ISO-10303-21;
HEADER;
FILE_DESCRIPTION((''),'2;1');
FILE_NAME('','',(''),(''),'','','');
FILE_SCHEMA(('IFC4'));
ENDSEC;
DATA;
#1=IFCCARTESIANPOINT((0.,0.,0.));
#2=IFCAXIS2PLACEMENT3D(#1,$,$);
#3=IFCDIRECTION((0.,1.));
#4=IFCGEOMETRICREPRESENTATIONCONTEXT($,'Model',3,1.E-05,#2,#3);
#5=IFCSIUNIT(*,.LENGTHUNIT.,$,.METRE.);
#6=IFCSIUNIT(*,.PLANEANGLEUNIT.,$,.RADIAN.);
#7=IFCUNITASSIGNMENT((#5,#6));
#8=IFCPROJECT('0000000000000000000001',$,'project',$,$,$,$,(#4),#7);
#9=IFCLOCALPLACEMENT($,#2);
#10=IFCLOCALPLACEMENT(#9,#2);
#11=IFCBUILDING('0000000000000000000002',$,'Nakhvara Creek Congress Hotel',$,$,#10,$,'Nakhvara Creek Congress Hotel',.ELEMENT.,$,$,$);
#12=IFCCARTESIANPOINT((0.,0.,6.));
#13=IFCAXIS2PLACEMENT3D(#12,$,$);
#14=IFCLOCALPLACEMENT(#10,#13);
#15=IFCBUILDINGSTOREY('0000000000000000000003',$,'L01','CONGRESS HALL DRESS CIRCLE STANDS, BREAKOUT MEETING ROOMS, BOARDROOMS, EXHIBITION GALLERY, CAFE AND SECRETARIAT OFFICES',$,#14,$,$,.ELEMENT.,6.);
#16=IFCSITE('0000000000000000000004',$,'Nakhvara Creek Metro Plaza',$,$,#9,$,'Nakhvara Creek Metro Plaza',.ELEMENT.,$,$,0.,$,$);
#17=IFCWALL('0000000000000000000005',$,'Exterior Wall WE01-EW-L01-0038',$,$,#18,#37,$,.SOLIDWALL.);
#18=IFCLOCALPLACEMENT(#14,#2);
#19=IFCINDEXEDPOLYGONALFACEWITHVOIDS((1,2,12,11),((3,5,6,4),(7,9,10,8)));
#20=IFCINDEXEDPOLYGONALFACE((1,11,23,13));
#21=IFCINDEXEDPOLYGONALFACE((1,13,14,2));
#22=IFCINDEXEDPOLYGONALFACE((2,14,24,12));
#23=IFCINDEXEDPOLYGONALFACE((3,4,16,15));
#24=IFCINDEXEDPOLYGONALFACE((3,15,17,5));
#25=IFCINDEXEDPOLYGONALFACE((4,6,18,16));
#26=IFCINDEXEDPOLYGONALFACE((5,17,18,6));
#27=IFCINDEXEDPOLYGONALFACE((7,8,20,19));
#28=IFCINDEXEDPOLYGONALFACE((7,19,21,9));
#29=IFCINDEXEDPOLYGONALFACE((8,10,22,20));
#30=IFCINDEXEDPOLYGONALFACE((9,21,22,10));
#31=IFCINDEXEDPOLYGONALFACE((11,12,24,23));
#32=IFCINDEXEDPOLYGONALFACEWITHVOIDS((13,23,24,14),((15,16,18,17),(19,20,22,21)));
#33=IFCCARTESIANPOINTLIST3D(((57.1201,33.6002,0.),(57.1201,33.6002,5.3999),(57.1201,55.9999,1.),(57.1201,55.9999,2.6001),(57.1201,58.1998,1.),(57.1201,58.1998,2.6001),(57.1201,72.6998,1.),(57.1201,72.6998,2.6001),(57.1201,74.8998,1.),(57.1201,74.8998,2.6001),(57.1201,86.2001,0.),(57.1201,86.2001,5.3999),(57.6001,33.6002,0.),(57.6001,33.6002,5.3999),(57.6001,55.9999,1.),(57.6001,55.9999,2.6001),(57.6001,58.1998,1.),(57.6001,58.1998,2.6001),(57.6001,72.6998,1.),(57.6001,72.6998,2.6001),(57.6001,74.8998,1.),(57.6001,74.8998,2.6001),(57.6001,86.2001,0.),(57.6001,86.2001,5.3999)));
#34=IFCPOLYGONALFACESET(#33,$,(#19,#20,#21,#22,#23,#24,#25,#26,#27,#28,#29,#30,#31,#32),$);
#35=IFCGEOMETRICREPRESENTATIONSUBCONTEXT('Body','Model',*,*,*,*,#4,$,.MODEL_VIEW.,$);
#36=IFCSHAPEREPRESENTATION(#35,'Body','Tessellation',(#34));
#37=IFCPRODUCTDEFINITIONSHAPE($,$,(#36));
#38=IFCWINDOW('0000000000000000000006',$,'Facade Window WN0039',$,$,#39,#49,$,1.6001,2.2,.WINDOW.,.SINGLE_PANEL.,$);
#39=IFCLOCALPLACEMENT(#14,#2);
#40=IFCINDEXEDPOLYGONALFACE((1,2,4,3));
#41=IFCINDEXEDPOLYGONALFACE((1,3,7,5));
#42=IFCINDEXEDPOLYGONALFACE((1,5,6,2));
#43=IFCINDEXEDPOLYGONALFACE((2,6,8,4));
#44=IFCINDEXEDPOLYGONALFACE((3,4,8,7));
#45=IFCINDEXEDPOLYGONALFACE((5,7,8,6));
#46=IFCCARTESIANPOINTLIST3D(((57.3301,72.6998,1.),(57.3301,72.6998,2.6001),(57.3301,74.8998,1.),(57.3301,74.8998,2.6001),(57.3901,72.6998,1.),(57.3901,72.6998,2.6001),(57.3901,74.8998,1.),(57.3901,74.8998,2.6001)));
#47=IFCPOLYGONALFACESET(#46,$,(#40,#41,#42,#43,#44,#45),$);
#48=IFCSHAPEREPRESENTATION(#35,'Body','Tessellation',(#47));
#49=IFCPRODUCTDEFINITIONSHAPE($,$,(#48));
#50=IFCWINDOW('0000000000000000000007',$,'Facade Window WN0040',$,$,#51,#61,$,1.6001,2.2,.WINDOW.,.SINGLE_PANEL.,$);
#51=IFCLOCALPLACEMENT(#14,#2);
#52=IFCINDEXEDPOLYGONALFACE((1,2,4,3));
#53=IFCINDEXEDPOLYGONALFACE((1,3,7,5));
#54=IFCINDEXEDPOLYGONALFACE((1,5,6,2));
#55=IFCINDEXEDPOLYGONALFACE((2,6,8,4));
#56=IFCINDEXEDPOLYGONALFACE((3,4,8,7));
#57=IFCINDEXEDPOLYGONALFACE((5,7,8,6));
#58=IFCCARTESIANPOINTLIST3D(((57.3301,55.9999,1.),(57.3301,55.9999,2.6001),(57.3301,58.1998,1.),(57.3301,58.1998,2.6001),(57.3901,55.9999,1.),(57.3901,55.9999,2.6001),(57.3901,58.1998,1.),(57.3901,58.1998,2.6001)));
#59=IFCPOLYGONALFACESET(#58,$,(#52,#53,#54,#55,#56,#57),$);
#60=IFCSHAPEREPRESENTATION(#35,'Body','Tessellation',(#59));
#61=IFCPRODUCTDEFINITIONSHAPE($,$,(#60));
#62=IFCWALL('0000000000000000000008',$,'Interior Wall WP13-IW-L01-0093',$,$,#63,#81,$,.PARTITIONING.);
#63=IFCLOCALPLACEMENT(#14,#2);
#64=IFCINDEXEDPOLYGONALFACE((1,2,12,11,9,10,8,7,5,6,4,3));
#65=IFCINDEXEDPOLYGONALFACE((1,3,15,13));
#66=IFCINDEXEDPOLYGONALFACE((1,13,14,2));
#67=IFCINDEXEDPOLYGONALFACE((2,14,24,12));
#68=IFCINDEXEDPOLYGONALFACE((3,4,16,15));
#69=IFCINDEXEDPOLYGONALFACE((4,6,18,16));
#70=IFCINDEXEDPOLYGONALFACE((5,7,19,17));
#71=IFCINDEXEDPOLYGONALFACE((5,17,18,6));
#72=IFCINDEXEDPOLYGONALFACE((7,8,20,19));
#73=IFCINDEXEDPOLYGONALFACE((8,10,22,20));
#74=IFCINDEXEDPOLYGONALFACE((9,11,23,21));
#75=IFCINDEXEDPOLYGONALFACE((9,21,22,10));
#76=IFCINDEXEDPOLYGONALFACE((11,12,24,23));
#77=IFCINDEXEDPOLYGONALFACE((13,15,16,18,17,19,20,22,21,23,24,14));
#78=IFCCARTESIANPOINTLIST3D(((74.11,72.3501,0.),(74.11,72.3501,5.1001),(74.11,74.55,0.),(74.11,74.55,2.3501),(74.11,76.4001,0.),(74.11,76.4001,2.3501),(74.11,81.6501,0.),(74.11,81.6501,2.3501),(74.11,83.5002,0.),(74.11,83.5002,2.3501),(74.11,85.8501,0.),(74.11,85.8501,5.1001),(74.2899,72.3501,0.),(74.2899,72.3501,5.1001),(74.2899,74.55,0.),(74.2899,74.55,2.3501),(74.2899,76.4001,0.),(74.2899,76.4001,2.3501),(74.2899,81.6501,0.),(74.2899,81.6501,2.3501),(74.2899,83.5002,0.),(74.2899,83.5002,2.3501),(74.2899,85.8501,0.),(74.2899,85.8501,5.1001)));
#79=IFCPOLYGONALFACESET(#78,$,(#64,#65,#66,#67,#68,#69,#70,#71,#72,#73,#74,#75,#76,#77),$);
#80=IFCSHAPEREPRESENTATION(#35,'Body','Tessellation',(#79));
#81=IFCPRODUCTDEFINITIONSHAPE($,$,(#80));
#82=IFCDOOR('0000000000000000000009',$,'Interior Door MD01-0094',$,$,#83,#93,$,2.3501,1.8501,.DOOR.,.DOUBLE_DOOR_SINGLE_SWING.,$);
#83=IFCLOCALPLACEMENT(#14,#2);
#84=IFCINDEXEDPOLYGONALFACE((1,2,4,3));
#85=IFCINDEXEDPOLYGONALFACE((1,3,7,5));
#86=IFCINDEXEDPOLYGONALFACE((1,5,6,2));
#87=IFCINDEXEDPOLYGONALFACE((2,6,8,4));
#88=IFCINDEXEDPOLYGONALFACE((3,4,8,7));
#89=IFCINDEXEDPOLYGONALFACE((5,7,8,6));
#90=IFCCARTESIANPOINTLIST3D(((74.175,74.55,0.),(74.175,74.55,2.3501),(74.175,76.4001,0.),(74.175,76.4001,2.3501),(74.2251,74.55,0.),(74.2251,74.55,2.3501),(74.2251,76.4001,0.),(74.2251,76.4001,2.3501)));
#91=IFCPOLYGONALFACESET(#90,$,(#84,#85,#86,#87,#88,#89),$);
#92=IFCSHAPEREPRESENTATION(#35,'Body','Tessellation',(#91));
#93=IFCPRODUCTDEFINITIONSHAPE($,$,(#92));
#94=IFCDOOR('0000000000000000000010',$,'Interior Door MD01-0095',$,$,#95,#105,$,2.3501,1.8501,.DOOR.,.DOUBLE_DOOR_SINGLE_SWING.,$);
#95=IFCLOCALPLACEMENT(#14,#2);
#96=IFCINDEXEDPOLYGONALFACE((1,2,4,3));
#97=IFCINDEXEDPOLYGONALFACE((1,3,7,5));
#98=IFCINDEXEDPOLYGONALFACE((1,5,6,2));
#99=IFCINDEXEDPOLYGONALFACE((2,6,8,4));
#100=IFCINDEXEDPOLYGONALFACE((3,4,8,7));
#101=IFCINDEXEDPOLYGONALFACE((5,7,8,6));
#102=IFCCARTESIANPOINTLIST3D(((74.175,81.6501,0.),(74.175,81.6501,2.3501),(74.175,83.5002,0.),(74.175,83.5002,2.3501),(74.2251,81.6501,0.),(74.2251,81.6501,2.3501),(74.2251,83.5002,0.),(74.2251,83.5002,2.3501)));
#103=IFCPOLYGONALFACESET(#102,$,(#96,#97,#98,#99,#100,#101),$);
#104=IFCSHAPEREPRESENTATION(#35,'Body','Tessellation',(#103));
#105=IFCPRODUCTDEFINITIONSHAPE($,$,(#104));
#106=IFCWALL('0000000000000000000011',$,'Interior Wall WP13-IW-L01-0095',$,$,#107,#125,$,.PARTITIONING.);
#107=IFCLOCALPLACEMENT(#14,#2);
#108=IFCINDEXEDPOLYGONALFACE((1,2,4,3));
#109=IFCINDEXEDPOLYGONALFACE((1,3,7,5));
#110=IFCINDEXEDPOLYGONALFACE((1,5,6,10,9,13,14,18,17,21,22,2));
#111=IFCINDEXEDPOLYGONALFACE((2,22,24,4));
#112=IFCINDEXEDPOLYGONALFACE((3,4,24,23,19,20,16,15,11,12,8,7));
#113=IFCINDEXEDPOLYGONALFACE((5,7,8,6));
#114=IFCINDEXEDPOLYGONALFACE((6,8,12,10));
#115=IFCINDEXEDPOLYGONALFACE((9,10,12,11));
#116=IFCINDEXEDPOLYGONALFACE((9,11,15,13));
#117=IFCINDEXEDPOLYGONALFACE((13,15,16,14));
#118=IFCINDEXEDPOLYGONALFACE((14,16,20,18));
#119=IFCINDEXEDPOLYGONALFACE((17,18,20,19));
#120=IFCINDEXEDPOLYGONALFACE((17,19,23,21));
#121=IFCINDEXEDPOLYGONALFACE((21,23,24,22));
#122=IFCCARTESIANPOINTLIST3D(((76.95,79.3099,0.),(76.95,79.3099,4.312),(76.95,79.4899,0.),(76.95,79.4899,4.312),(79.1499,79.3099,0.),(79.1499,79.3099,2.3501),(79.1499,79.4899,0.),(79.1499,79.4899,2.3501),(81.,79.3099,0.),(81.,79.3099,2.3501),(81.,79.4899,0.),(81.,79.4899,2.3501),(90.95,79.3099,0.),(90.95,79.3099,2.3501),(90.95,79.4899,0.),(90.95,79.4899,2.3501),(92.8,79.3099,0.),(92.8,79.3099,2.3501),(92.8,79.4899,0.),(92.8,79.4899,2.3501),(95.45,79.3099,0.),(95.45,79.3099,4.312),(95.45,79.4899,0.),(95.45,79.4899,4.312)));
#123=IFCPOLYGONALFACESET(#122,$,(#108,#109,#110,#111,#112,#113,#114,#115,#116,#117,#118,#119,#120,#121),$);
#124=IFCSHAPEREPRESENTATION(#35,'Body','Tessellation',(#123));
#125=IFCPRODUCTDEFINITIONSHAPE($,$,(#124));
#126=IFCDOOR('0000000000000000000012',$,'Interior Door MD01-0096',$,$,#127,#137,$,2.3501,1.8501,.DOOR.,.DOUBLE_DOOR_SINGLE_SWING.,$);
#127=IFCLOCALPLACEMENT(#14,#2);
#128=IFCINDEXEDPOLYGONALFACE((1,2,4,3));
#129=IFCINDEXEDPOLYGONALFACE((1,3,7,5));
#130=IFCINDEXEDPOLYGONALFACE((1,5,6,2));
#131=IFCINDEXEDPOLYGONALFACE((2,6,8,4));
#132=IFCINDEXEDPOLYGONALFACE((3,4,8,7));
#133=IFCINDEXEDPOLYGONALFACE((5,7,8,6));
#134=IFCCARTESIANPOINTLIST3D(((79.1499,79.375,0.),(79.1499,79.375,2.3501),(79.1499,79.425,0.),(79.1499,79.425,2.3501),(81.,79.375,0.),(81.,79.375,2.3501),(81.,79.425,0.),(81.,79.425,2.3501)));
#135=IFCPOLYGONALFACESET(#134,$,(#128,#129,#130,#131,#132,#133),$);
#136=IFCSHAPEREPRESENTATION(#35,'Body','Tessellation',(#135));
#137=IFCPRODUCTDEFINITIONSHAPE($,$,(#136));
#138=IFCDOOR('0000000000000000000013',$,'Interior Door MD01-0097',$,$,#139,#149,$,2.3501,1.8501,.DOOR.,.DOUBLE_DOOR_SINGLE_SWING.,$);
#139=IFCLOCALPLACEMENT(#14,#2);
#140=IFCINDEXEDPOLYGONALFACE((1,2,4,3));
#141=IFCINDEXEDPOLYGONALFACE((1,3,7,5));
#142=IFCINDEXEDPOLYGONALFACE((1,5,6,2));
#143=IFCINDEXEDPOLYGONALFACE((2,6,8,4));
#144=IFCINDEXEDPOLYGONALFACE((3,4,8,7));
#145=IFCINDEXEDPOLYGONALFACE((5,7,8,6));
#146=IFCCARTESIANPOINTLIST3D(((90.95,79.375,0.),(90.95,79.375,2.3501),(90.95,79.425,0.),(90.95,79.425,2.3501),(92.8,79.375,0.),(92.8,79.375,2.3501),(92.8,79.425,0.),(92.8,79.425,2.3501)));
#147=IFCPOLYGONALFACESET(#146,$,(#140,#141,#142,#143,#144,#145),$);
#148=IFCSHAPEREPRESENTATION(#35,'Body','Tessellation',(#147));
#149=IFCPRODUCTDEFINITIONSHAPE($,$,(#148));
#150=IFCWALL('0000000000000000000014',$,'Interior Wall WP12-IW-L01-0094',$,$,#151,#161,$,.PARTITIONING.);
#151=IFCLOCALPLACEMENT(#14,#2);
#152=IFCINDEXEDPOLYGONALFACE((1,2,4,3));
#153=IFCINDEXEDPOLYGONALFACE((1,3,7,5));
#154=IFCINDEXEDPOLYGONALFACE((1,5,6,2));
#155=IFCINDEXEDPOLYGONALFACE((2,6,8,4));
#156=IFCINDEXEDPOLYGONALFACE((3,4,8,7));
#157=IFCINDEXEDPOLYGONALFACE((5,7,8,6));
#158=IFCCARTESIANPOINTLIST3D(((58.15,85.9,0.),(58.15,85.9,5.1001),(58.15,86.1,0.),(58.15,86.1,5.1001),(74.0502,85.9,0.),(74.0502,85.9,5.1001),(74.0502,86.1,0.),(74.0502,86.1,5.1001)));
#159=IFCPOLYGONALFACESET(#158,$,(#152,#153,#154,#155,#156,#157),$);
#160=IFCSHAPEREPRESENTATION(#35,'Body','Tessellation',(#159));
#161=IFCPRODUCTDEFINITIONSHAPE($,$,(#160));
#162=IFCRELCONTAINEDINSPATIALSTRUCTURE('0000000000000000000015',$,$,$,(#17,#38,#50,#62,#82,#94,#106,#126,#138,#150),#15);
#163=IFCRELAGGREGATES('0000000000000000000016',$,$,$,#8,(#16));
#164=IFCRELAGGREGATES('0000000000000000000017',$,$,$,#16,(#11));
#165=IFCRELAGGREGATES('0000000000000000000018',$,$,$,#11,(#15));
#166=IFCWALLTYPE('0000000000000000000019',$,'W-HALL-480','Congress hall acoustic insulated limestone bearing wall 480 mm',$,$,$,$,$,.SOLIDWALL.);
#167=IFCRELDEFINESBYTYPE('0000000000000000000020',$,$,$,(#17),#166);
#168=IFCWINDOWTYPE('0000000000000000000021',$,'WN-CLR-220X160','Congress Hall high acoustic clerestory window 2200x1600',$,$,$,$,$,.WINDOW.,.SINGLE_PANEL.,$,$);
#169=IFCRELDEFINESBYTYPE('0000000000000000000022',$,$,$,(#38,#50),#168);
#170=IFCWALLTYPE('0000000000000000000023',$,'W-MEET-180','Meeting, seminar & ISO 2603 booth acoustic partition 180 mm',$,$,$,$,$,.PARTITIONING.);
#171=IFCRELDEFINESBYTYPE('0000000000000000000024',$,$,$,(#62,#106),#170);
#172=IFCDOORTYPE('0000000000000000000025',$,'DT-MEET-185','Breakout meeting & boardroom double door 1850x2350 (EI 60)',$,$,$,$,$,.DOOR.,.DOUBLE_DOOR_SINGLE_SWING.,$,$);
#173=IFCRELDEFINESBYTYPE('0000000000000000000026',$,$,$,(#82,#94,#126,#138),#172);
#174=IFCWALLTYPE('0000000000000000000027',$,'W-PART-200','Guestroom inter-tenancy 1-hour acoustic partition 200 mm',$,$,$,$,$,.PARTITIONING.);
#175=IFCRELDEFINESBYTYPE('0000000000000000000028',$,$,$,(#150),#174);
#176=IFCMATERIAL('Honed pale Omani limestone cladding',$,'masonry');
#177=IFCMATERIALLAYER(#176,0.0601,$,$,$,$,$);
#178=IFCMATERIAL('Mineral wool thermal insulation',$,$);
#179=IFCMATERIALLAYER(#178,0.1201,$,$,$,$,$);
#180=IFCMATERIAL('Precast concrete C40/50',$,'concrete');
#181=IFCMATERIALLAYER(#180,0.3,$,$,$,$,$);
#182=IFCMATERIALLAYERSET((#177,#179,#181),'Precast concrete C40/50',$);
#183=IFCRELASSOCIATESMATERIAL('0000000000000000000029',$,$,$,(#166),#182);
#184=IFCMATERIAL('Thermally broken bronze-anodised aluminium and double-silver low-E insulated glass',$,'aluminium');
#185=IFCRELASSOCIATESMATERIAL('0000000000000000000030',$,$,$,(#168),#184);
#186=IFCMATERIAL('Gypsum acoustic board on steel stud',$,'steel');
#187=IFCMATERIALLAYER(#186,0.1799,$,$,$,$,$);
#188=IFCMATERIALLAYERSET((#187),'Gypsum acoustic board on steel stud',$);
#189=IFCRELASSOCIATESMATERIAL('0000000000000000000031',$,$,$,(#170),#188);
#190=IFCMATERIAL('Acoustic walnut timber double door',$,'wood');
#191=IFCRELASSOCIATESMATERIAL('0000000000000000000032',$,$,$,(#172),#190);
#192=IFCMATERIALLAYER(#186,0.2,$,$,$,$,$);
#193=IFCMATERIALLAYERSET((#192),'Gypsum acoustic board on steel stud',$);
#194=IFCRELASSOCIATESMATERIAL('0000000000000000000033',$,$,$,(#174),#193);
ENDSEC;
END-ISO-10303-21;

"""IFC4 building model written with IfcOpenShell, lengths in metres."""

from ifc_helpers import new_model, si_unit, direction, frame, frame_2d, origin, place, context, subcontext, project, spatial, rectangle, extrude, material, layer, layer_set, type_object, element, fill, save


model = new_model("IFC4")

# Units and contexts
model_context = context("Model", 3, precision=1e-05, world=origin(), true_north=direction((0.0, 1.0)))
body_context = subcontext(model_context, "Body", "Model", "MODEL_VIEW")
ifc_project = project(units=[si_unit("LENGTHUNIT", "METRE"), si_unit("PLANEANGLEUNIT", "RADIAN")], contexts=[model_context])

# Site, building, storey
site_placement = place(None, origin())
site = spatial("IfcSite", under=ifc_project, at=site_placement, Name="Nakhvara Creek Metro Plaza", LongName="Nakhvara Creek Metro Plaza", CompositionType="ELEMENT", RefElevation=0.0)
building_placement = place(site_placement, origin())
building = spatial("IfcBuilding", under=site, at=building_placement, Name="Nakhvara Creek Congress Hotel", LongName="Nakhvara Creek Congress Hotel", CompositionType="ELEMENT")
storey_placement = place(building_placement, frame((0.0, 0.0, 6.0)))
storey = spatial("IfcBuildingStorey", under=building, at=storey_placement, Name="L01", Description="CONGRESS HALL DRESS CIRCLE STANDS, BREAKOUT MEETING ROOMS, BOARDROOMS, EXHIBITION GALLERY, CAFE AND SECRETARIAT OFFICES", CompositionType="ELEMENT", Elevation=6.0)

# Shared definitions
ifc_material_1 = material(Name="Mineral wool thermal insulation")
ifc_material_2 = material(Name="Precast concrete C40/50", Category="concrete")

# Wall, openings, windows
ifc_material_3 = material(Name="Honed pale Omani limestone cladding", Category="masonry")
ifc_layer_1 = layer(ifc_material_3, 0.0601)
ifc_layer_2 = layer(ifc_material_1, 0.1201)
ifc_layer_3 = layer(ifc_material_2, 0.3)
ifc_layer_set_1 = layer_set([ifc_layer_1, ifc_layer_2, ifc_layer_3], Name="Precast concrete C40/50")
wall_type_1 = type_object("IfcWallType", Name="W-HALL-480", Description="Congress hall acoustic insulated limestone bearing wall 480 mm", PredefinedType="SOLIDWALL", material=ifc_layer_set_1)
wall_1_placement = place(storey_placement, frame((57.3601, 86.2, 0.0), z_axis=(0.0, 0.0, 1.0), x_axis=(0.0, -1.0, 0.0)))
wall_1 = element("IfcWall", 1, at=wall_1_placement, inside=storey, type_object=wall_type_1, Name="Exterior Wall WE01-EW-L01-0038", PredefinedType="SOLIDWALL", context=body_context, shape_type="SweptSolid", body=[
    extrude(rectangle(XDim=52.5999, YDim=0.48, at=frame_2d((26.2998, 0.0))), origin(), (0.0, 0.0, 1.0), 5.3999),
])
opening_1_placement = place(wall_1_placement, frame((11.3, 0.0, 1.0)))
opening_1 = element("IfcOpeningElement", 2, at=opening_1_placement, cuts=wall_1, PredefinedType="OPENING", context=body_context, shape_type="SweptSolid", body=[
    extrude(rectangle(XDim=2.2, YDim=1.6001, at=frame_2d((1.1001, 0.8))), frame((0.0, 0.252, 0.0), z_axis=(0.0, -1.0, 0.0), x_axis=(1.0, 0.0, 0.0)), (0.0, 0.0, 1.0), 0.5039),
])
opening_2_placement = place(wall_1_placement, frame((28.0, 0.0, 1.0)))
opening_2 = element("IfcOpeningElement", 3, at=opening_2_placement, cuts=wall_1, PredefinedType="OPENING", context=body_context, shape_type="SweptSolid", body=[
    extrude(rectangle(XDim=2.2, YDim=1.6001, at=frame_2d((1.1001, 0.8))), frame((0.0, 0.252, 0.0), z_axis=(0.0, -1.0, 0.0), x_axis=(1.0, 0.0, 0.0)), (0.0, 0.0, 1.0), 0.5039),
])
ifc_material_4 = material(Name="Thermally broken bronze-anodised aluminium and double-silver low-E insulated glass", Category="aluminium")
window_type = type_object("IfcWindowType", Name="WN-CLR-220X160", Description="Congress Hall high acoustic clerestory window 2200x1600", PartitioningType="SINGLE_PANEL", PredefinedType="WINDOW", material=ifc_material_4)
window_1_placement = place(opening_1_placement, origin())
window_1 = element("IfcWindow", 4, at=window_1_placement, inside=storey, type_object=window_type, Name="Facade Window WN0039", OverallHeight=1.6001, OverallWidth=2.2, PartitioningType="SINGLE_PANEL", PredefinedType="WINDOW", context=body_context, shape_type="SweptSolid", body=[
    extrude(rectangle(XDim=2.2, YDim=1.6001, at=frame_2d((1.1001, 0.8))), frame((0.0, 0.03, 0.0), z_axis=(0.0, -1.0, 0.0), x_axis=(1.0, 0.0, 0.0)), (0.0, 0.0, 1.0), 0.0601),
])
fill(opening_1, window_1)
window_2_placement = place(opening_2_placement, origin())
window_2 = element("IfcWindow", 5, at=window_2_placement, inside=storey, type_object=window_type, Name="Facade Window WN0040", OverallHeight=1.6001, OverallWidth=2.2, PartitioningType="SINGLE_PANEL", PredefinedType="WINDOW", context=body_context, shape_type="SweptSolid", body=[
    extrude(rectangle(XDim=2.2, YDim=1.6001, at=frame_2d((1.1001, 0.8))), frame((0.0, 0.03, 0.0), z_axis=(0.0, -1.0, 0.0), x_axis=(1.0, 0.0, 0.0)), (0.0, 0.0, 1.0), 0.0601),
])
fill(opening_2, window_2)

# Walls, openings, doors
ifc_material_5 = material(Name="Gypsum acoustic board on steel stud", Category="steel")
ifc_layer_4 = layer(ifc_material_5, 0.1799)
ifc_layer_set_2 = layer_set([ifc_layer_4], Name="Gypsum acoustic board on steel stud")
wall_type_2 = type_object("IfcWallType", Name="W-MEET-180", Description="Meeting, seminar & ISO 2603 booth acoustic partition 180 mm", PredefinedType="PARTITIONING", material=ifc_layer_set_2)
wall_2_placement = place(storey_placement, frame((74.2, 72.3501, 0.0), z_axis=(0.0, 0.0, 1.0), x_axis=(0.0, 1.0, 0.0)))
wall_2 = element("IfcWall", 6, at=wall_2_placement, inside=storey, type_object=wall_type_2, Name="Interior Wall WP13-IW-L01-0093", PredefinedType="PARTITIONING", context=body_context, shape_type="SweptSolid", body=[
    extrude(rectangle(XDim=13.5, YDim=0.1799, at=frame_2d((6.75, 0.0))), origin(), (0.0, 0.0, 1.0), 5.1001),
])
opening_3_placement = place(wall_2_placement, frame((2.2, 0.0, 0.0)))
opening_3 = element("IfcOpeningElement", 7, at=opening_3_placement, cuts=wall_2, PredefinedType="OPENING", context=body_context, shape_type="SweptSolid", body=[
    extrude(rectangle(XDim=1.8501, YDim=2.3501, at=frame_2d((0.925, 1.175))), frame((0.0, 0.1021, 0.0), z_axis=(0.0, -1.0, 0.0), x_axis=(1.0, 0.0, 0.0)), (0.0, 0.0, 1.0), 0.2039),
])
opening_4_placement = place(wall_2_placement, frame((9.3, 0.0, 0.0)))
opening_4 = element("IfcOpeningElement", 8, at=opening_4_placement, cuts=wall_2, PredefinedType="OPENING", context=body_context, shape_type="SweptSolid", body=[
    extrude(rectangle(XDim=1.8501, YDim=2.3501, at=frame_2d((0.925, 1.175))), frame((0.0, 0.1021, 0.0), z_axis=(0.0, -1.0, 0.0), x_axis=(1.0, 0.0, 0.0)), (0.0, 0.0, 1.0), 0.2039),
])
ifc_material_6 = material(Name="Acoustic walnut timber double door", Category="wood")
door_type_1 = type_object("IfcDoorType", Name="DT-MEET-185", Description="Breakout meeting & boardroom double door 1850x2350 (EI 60)", OperationType="DOUBLE_DOOR_SINGLE_SWING", PredefinedType="DOOR", material=ifc_material_6)
door_1_placement = place(opening_3_placement, origin())
door_1 = element("IfcDoor", 9, at=door_1_placement, inside=storey, type_object=door_type_1, Name="Interior Door MD01-0094", OperationType="DOUBLE_DOOR_SINGLE_SWING", OverallHeight=2.3501, OverallWidth=1.8501, PredefinedType="DOOR", context=body_context, shape_type="SweptSolid", body=[
    extrude(rectangle(XDim=1.8501, YDim=2.3501, at=frame_2d((0.925, 1.175))), frame((0.0, 0.0249, 0.0), z_axis=(0.0, -1.0, 0.0), x_axis=(1.0, 0.0, 0.0)), (0.0, 0.0, 1.0), 0.05),
])
fill(opening_3, door_1)
door_2_placement = place(opening_4_placement, origin())
door_2 = element("IfcDoor", 10, at=door_2_placement, inside=storey, type_object=door_type_1, Name="Interior Door MD01-0095", OperationType="DOUBLE_DOOR_SINGLE_SWING", OverallHeight=2.3501, OverallWidth=1.8501, PredefinedType="DOOR", context=body_context, shape_type="SweptSolid", body=[
    extrude(rectangle(XDim=1.8501, YDim=2.3501, at=frame_2d((0.925, 1.175))), frame((0.0, 0.0249, 0.0), z_axis=(0.0, -1.0, 0.0), x_axis=(1.0, 0.0, 0.0)), (0.0, 0.0, 1.0), 0.05),
])
fill(opening_4, door_2)
wall_3_placement = place(storey_placement, frame((76.95, 79.3999, 0.0), z_axis=(0.0, 0.0, 1.0), x_axis=(1.0, 0.0, 0.0)))
wall_3 = element("IfcWall", 11, at=wall_3_placement, inside=storey, type_object=wall_type_2, Name="Interior Wall WP13-IW-L01-0095", PredefinedType="PARTITIONING", context=body_context, shape_type="SweptSolid", body=[
    extrude(rectangle(XDim=18.5, YDim=0.1799, at=frame_2d((9.25, 0.0))), origin(), (0.0, 0.0, 1.0), 4.312),
])
opening_5_placement = place(wall_3_placement, frame((2.2, 0.0, 0.0)))
opening_5 = element("IfcOpeningElement", 12, at=opening_5_placement, cuts=wall_3, PredefinedType="OPENING", context=body_context, shape_type="SweptSolid", body=[
    extrude(rectangle(XDim=1.8501, YDim=2.3501, at=frame_2d((0.925, 1.175))), frame((0.0, 0.1021, 0.0), z_axis=(0.0, -1.0, 0.0), x_axis=(1.0, 0.0, 0.0)), (0.0, 0.0, 1.0), 0.2039),
])
opening_6_placement = place(wall_3_placement, frame((14.0, 0.0, 0.0)))
opening_6 = element("IfcOpeningElement", 13, at=opening_6_placement, cuts=wall_3, PredefinedType="OPENING", context=body_context, shape_type="SweptSolid", body=[
    extrude(rectangle(XDim=1.8501, YDim=2.3501, at=frame_2d((0.925, 1.175))), frame((0.0, 0.1021, 0.0), z_axis=(0.0, -1.0, 0.0), x_axis=(1.0, 0.0, 0.0)), (0.0, 0.0, 1.0), 0.2039),
])
door_3_placement = place(opening_5_placement, frame((1.8501, 0.0, 0.0), z_axis=(0.0, 0.0, 1.0), x_axis=(-1.0, 0.0, 0.0)))
door_3 = element("IfcDoor", 14, at=door_3_placement, inside=storey, type_object=door_type_1, Name="Interior Door MD01-0096", OperationType="DOUBLE_DOOR_SINGLE_SWING", OverallHeight=2.3501, OverallWidth=1.8501, PredefinedType="DOOR", context=body_context, shape_type="SweptSolid", body=[
    extrude(rectangle(XDim=1.8501, YDim=2.3501, at=frame_2d((0.925, 1.175))), frame((0.0, 0.0249, 0.0), z_axis=(0.0, -1.0, 0.0), x_axis=(1.0, 0.0, 0.0)), (0.0, 0.0, 1.0), 0.05),
])
fill(opening_5, door_3)
door_4_placement = place(opening_6_placement, frame((1.8501, 0.0, 0.0), z_axis=(0.0, 0.0, 1.0), x_axis=(-1.0, 0.0, 0.0)))
door_4 = element("IfcDoor", 15, at=door_4_placement, inside=storey, type_object=door_type_1, Name="Interior Door MD01-0097", OperationType="DOUBLE_DOOR_SINGLE_SWING", OverallHeight=2.3501, OverallWidth=1.8501, PredefinedType="DOOR", context=body_context, shape_type="SweptSolid", body=[
    extrude(rectangle(XDim=1.8501, YDim=2.3501, at=frame_2d((0.925, 1.175))), frame((0.0, 0.0249, 0.0), z_axis=(0.0, -1.0, 0.0), x_axis=(1.0, 0.0, 0.0)), (0.0, 0.0, 1.0), 0.05),
])
fill(opening_6, door_4)

# Wall
ifc_layer_5 = layer(ifc_material_5, 0.2)
ifc_layer_set_3 = layer_set([ifc_layer_5], Name="Gypsum acoustic board on steel stud")
wall_type_3 = type_object("IfcWallType", Name="W-PART-200", Description="Guestroom inter-tenancy 1-hour acoustic partition 200 mm", PredefinedType="PARTITIONING", material=ifc_layer_set_3)
wall_4_placement = place(storey_placement, frame((58.1499, 86.0, 0.0), z_axis=(0.0, 0.0, 1.0), x_axis=(1.0, 0.0, 0.0)))
element("IfcWall", 16, at=wall_4_placement, inside=storey, type_object=wall_type_3, Name="Interior Wall WP12-IW-L01-0094", PredefinedType="PARTITIONING", context=body_context, shape_type="SweptSolid", body=[
    extrude(rectangle(XDim=15.9001, YDim=0.2, at=frame_2d((7.9502, 0.0))), origin(), (0.0, 0.0, 1.0), 5.1001),
])

save(model, "model.ifc")
